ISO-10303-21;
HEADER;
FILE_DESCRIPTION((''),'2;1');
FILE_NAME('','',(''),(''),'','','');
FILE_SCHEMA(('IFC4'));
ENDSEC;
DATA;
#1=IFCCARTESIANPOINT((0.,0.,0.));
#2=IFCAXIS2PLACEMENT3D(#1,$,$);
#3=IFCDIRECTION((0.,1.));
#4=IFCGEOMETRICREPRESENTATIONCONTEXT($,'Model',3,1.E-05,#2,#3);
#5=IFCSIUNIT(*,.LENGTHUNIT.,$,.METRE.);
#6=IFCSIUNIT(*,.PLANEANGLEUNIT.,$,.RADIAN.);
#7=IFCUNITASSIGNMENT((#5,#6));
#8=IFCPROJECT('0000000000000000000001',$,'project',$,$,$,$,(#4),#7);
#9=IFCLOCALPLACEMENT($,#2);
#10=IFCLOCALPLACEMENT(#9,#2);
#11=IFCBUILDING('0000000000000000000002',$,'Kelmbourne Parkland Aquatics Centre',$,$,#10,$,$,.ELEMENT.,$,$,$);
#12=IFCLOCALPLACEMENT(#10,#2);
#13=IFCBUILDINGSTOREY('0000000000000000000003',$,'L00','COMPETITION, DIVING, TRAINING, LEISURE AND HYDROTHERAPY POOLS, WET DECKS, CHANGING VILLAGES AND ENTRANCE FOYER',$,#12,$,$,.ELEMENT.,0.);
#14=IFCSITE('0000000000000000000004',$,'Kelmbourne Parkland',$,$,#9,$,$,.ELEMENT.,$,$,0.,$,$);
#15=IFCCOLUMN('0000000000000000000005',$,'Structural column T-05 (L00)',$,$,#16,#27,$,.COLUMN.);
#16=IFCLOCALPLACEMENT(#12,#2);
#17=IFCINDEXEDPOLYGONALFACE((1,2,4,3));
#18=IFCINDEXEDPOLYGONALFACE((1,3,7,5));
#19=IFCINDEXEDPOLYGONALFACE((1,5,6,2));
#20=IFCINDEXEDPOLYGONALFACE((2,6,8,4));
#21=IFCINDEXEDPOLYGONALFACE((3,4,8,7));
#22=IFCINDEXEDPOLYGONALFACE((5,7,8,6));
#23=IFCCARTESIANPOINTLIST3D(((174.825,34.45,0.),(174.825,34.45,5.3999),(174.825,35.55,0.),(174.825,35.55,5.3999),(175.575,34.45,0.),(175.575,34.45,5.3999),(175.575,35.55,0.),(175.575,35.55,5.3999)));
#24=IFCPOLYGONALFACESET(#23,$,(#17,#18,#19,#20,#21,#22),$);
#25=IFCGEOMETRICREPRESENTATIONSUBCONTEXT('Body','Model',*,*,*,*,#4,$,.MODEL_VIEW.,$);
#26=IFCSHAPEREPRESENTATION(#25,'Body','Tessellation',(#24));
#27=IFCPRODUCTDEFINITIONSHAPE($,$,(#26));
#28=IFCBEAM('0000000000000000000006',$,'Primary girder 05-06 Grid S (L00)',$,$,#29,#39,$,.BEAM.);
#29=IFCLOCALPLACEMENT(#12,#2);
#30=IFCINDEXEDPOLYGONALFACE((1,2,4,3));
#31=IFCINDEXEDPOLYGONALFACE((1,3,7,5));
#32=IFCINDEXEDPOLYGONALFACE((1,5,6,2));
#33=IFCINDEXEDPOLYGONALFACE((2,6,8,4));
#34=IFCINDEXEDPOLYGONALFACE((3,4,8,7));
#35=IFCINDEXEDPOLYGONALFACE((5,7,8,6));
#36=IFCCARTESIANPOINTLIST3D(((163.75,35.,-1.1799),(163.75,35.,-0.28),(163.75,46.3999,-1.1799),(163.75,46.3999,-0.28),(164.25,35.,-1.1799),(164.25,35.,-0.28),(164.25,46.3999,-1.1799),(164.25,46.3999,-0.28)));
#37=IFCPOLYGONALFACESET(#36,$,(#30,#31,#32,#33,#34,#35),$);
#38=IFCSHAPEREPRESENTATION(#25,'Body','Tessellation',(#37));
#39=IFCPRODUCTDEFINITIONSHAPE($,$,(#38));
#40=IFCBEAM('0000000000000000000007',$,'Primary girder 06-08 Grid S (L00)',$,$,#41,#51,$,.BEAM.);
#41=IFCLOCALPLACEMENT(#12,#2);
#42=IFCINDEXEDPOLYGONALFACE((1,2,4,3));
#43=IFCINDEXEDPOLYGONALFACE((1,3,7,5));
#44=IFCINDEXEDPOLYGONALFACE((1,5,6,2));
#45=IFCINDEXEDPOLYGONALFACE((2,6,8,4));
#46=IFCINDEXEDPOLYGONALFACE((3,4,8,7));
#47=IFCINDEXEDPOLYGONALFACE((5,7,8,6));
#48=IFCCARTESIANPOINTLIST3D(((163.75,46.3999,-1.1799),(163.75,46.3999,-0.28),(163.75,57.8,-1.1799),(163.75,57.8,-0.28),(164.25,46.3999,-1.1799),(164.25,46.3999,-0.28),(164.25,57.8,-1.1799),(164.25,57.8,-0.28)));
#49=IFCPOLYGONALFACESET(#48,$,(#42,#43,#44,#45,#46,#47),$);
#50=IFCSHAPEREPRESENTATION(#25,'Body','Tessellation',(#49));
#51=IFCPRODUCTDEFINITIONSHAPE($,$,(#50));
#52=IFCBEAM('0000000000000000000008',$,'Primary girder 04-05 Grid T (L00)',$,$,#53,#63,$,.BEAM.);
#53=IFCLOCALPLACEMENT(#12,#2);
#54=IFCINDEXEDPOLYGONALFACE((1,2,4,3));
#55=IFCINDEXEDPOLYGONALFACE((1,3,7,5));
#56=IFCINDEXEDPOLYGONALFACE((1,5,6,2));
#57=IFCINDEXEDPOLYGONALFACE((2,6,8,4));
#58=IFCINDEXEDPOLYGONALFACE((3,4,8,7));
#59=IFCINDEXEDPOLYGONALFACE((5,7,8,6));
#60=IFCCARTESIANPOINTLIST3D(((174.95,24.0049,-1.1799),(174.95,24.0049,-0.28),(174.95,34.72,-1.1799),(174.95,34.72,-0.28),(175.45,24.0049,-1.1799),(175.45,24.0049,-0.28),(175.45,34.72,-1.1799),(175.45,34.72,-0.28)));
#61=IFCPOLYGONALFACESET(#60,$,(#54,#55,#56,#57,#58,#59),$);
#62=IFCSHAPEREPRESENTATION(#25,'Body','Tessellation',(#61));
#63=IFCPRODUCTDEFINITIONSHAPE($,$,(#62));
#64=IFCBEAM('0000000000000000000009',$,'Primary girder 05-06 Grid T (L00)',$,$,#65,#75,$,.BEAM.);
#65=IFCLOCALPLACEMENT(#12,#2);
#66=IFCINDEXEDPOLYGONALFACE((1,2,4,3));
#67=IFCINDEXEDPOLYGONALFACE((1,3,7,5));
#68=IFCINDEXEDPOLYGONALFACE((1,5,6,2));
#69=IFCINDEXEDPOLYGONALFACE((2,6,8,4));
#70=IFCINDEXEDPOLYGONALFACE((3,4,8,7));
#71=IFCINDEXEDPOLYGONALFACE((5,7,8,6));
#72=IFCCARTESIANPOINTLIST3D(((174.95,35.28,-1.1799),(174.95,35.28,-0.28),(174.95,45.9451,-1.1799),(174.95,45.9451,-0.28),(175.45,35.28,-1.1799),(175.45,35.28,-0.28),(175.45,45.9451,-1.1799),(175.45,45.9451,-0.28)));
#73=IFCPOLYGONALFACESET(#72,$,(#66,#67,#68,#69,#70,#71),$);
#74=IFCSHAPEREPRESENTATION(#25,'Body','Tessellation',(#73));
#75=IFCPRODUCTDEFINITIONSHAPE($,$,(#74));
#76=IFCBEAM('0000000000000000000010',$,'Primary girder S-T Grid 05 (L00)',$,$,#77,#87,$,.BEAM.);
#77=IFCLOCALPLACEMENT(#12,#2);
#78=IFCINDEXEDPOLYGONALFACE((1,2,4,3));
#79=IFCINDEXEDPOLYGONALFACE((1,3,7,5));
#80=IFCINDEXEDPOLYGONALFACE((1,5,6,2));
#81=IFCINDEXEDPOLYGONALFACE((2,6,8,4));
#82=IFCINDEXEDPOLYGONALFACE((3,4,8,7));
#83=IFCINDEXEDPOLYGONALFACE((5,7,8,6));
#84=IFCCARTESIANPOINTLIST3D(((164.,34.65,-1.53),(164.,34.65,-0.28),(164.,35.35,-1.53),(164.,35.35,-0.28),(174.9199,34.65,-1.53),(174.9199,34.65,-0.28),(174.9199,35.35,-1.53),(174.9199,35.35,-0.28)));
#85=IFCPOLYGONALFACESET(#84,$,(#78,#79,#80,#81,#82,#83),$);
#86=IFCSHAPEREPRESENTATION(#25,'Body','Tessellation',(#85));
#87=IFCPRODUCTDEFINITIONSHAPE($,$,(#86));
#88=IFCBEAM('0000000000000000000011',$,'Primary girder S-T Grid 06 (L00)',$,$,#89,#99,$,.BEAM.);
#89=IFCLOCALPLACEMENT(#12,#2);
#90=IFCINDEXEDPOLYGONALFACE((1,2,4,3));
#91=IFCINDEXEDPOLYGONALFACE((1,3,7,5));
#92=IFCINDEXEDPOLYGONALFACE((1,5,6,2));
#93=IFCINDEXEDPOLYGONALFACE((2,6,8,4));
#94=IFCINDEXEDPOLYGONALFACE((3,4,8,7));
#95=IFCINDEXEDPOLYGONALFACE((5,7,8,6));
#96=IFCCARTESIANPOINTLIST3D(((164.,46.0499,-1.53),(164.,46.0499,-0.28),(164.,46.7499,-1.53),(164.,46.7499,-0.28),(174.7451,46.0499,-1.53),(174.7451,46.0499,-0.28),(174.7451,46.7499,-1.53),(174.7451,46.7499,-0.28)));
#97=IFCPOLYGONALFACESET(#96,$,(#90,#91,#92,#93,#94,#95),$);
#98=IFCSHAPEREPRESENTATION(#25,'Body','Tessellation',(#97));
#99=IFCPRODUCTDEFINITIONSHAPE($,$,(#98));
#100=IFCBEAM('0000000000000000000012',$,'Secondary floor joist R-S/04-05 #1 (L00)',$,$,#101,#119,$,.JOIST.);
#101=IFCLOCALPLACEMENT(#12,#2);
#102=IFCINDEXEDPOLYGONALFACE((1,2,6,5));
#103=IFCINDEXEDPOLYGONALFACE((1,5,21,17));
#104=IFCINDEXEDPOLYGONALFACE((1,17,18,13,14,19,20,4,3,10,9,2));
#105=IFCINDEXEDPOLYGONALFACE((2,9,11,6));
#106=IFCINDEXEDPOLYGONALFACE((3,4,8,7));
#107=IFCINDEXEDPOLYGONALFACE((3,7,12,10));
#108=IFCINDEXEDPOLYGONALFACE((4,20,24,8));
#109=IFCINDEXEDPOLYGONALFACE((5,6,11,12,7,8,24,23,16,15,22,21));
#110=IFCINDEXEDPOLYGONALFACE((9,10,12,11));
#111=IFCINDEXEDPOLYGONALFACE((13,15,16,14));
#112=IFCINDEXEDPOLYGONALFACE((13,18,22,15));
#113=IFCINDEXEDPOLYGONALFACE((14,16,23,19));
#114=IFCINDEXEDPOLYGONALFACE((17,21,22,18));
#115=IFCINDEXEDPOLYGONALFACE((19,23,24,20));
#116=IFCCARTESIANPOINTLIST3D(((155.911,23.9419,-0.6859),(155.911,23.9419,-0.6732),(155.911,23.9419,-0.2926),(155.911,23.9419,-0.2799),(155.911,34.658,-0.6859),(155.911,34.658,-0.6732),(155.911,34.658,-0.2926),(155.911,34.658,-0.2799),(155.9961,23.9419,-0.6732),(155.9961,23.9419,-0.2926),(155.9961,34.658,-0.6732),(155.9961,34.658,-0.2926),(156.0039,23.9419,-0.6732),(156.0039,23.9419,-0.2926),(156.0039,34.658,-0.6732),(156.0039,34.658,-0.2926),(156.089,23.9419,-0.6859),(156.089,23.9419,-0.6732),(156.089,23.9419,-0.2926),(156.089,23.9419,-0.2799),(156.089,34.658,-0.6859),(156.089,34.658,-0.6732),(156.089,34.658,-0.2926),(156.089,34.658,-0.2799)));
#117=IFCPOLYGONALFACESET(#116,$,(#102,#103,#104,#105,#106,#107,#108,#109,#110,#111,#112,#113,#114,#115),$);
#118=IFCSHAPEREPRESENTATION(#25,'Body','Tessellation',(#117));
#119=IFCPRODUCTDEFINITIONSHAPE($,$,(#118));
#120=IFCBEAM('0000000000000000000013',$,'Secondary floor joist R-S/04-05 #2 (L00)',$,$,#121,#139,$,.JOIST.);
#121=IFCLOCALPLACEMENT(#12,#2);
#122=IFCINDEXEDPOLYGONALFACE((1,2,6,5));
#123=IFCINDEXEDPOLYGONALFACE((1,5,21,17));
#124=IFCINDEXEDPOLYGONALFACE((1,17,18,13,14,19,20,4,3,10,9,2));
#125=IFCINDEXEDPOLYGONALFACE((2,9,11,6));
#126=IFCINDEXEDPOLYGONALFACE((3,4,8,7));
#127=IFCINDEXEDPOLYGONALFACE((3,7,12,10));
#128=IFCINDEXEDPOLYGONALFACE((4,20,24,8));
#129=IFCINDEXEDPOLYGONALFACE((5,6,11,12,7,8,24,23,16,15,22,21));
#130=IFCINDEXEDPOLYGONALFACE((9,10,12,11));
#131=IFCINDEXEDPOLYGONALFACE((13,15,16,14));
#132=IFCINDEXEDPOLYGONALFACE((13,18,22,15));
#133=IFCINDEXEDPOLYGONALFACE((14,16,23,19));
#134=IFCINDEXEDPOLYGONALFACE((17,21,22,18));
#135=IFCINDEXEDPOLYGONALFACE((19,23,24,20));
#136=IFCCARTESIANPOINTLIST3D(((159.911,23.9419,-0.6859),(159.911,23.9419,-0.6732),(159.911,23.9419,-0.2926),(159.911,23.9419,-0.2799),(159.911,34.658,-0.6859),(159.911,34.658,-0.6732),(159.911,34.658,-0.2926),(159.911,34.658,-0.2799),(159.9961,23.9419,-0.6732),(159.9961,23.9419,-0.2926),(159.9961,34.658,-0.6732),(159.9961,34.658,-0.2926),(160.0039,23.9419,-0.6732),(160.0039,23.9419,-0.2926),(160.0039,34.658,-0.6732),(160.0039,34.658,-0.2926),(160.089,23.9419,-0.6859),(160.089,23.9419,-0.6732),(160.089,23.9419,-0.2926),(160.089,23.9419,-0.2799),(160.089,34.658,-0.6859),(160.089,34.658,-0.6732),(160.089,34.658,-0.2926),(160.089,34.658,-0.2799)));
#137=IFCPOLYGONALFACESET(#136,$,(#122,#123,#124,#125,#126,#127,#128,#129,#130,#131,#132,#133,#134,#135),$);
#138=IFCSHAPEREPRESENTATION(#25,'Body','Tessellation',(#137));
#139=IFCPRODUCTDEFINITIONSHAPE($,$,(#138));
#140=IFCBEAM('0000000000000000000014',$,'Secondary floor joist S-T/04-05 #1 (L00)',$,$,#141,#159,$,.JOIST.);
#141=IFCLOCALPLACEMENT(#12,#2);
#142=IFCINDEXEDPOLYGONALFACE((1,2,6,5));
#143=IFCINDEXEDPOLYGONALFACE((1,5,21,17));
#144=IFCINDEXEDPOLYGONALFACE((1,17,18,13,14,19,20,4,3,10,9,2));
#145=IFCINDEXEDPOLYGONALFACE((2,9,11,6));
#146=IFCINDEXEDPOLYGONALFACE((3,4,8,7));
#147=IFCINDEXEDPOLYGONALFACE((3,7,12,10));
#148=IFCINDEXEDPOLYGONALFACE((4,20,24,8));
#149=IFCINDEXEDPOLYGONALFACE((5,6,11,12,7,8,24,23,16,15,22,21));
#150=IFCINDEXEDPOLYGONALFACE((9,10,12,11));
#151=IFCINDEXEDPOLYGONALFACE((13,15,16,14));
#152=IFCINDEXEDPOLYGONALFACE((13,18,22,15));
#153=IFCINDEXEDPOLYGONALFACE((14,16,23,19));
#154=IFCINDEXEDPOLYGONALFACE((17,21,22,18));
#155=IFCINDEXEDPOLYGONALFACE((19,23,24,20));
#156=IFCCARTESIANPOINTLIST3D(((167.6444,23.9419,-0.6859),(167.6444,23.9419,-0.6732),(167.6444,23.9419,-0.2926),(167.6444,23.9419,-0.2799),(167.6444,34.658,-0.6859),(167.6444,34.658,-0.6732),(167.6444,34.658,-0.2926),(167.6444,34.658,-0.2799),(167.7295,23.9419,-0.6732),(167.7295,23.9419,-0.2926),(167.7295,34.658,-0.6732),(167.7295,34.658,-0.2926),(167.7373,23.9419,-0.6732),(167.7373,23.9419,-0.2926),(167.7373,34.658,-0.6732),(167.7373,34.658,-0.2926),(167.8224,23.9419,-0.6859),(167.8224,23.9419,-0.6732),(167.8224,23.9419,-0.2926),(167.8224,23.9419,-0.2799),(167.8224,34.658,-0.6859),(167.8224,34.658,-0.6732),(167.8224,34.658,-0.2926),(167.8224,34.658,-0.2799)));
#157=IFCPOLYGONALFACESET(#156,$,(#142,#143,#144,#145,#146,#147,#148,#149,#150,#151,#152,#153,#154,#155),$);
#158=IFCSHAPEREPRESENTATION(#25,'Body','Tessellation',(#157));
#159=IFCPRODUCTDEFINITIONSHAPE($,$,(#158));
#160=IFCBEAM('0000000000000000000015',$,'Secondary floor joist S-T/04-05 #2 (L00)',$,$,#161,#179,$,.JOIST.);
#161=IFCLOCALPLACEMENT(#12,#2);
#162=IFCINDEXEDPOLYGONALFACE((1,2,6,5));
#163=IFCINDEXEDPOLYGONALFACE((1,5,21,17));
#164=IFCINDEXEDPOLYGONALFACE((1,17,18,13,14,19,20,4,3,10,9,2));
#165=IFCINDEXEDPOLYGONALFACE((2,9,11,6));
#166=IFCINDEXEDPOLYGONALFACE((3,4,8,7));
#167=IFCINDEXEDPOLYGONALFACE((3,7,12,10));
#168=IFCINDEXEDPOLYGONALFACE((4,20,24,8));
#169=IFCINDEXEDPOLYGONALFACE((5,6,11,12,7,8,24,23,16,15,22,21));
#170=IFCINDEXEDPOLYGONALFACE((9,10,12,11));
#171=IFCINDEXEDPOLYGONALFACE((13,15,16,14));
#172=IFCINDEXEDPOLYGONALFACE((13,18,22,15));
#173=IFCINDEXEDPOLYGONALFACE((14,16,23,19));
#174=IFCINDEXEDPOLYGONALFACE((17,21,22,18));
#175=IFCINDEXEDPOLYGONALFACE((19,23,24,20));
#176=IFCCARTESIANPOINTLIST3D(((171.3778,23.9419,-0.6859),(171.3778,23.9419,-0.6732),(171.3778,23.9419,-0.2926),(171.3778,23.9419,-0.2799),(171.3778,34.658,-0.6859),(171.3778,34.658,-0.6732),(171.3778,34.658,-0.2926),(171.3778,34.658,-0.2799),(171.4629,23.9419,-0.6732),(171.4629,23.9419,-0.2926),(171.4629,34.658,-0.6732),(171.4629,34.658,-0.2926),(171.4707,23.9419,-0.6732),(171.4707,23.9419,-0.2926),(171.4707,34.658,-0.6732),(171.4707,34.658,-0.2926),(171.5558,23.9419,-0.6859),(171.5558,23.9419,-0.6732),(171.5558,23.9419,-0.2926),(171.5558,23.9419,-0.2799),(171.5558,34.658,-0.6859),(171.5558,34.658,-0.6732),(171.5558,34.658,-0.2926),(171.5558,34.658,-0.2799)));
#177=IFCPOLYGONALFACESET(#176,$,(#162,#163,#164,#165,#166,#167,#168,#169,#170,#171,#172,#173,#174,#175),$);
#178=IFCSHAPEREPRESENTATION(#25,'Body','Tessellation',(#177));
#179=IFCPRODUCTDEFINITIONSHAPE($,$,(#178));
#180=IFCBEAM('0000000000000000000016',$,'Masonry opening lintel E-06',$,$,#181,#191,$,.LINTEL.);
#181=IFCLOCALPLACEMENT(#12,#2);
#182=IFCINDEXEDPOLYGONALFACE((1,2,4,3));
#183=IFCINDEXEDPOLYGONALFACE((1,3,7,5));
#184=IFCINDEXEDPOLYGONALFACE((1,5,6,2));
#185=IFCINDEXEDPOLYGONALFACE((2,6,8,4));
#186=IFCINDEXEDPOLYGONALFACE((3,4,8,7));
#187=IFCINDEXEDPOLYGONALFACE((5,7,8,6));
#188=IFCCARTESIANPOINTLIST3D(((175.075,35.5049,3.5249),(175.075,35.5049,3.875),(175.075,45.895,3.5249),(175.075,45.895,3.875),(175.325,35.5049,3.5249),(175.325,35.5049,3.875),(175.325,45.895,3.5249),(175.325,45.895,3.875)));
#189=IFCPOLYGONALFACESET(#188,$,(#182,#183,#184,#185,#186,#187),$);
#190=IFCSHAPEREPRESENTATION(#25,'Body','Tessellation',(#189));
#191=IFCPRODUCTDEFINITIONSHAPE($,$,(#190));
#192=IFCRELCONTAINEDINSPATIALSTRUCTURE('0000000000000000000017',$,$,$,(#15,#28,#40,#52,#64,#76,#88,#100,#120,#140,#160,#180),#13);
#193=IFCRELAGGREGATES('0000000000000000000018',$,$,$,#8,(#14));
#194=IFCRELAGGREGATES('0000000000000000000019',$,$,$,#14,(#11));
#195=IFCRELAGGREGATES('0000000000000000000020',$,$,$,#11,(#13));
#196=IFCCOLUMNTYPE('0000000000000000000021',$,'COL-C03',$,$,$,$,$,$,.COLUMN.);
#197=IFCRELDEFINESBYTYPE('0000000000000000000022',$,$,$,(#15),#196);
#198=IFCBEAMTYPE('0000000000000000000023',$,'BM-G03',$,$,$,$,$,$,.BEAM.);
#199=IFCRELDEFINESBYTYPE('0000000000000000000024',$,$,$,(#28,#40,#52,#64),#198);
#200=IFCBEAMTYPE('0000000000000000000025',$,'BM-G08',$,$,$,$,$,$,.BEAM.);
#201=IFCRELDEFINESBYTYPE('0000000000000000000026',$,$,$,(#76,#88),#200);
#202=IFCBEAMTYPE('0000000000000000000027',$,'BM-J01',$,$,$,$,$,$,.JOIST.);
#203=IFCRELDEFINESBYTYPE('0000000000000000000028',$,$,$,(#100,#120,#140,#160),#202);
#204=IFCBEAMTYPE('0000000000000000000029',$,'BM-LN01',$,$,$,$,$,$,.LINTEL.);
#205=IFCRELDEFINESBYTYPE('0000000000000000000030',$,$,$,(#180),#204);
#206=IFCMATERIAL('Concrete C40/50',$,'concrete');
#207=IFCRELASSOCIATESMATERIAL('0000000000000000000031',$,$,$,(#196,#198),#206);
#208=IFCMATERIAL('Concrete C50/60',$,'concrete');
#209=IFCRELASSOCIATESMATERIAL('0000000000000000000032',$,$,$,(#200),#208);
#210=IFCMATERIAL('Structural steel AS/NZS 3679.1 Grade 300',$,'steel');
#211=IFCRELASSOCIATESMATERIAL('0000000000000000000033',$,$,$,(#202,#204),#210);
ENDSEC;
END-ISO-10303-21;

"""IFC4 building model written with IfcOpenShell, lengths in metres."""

from ifc_helpers import new_model, si_unit, direction, frame, origin, origin_2d, place, context, subcontext, project, spatial, rectangle, i_section, extrude, material, material_profile, profile_set, type_object, element, save


model = new_model("IFC4")

# Units and contexts
model_context = context("Model", 3, precision=1e-05, world=origin(), true_north=direction((0.0, 1.0)))
body_context = subcontext(model_context, "Body", "Model", "MODEL_VIEW")
ifc_project = project(units=[si_unit("LENGTHUNIT", "METRE"), si_unit("PLANEANGLEUNIT", "RADIAN")], contexts=[model_context])

# Site, building, storey
site_placement = place(None, origin())
site = spatial("IfcSite", under=ifc_project, at=site_placement, Name="Kelmbourne Parkland", CompositionType="ELEMENT", RefElevation=0.0)
building_placement = place(site_placement, origin())
building = spatial("IfcBuilding", under=site, at=building_placement, Name="Kelmbourne Parkland Aquatics Centre", CompositionType="ELEMENT")
storey_placement = place(building_placement, origin())
storey = spatial("IfcBuildingStorey", under=building, at=storey_placement, Name="L00", Description="COMPETITION, DIVING, TRAINING, LEISURE AND HYDROTHERAPY POOLS, WET DECKS, CHANGING VILLAGES AND ENTRANCE FOYER", CompositionType="ELEMENT", Elevation=0.0)

# Column
ifc_material_1 = material(Name="Concrete C40/50", Category="concrete")
ifc_material_profile_1 = material_profile(ifc_material_1, rectangle(XDim=0.75, YDim=1.1001, at=origin_2d()), Name="RC 750x1100")
ifc_profile_set_1 = profile_set([ifc_material_profile_1], Name="Concrete C40/50")
column_type = type_object("IfcColumnType", Name="COL-C03", PredefinedType="COLUMN", material=ifc_profile_set_1)
column_placement = place(storey_placement, frame((175.2, 35.0, 0.0), z_axis=(0.0, 0.0, 1.0), x_axis=(1.0, 0.0, 0.0)))
element("IfcColumn", 1, at=column_placement, inside=storey, type_object=column_type, Name="Structural column T-05 (L00)", PredefinedType="COLUMN", context=body_context, shape_type="SweptSolid", body=[
    extrude(rectangle(XDim=0.75, YDim=1.1001, at=origin_2d()), origin(), (0.0, 0.0, 1.0), 5.3999),
])

# Beams
ifc_material_profile_2 = material_profile(ifc_material_1, rectangle(XDim=0.5, YDim=0.8999, at=origin_2d()), Name="RC 500x900")
ifc_profile_set_2 = profile_set([ifc_material_profile_2], Name="Concrete C40/50")
beam_type_1 = type_object("IfcBeamType", Name="BM-G03", PredefinedType="BEAM", material=ifc_profile_set_2)
beam_1_placement = place(storey_placement, frame((164.0, 35.0, -0.73), z_axis=(0.0, 1.0, 0.0), x_axis=(-1.0, 0.0, 0.0)))
element("IfcBeam", 2, at=beam_1_placement, inside=storey, type_object=beam_type_1, Name="Primary girder 05-06 Grid S (L00)", PredefinedType="BEAM", context=body_context, shape_type="SweptSolid", body=[
    extrude(rectangle(XDim=0.5, YDim=0.8999, at=origin_2d()), origin(), (0.0, 0.0, 1.0), 11.3999),
])
beam_2_placement = place(storey_placement, frame((164.0, 46.3999, -0.73), z_axis=(0.0, 1.0, 0.0), x_axis=(-1.0, 0.0, 0.0)))
element("IfcBeam", 3, at=beam_2_placement, inside=storey, type_object=beam_type_1, Name="Primary girder 06-08 Grid S (L00)", PredefinedType="BEAM", context=body_context, shape_type="SweptSolid", body=[
    extrude(rectangle(XDim=0.5, YDim=0.8999, at=origin_2d()), origin(), (0.0, 0.0, 1.0), 11.4001),
])
beam_3_placement = place(storey_placement, frame((175.2, 24.0049, -0.73), z_axis=(0.0, 1.0, 0.0), x_axis=(-1.0, 0.0, 0.0)))
element("IfcBeam", 4, at=beam_3_placement, inside=storey, type_object=beam_type_1, Name="Primary girder 04-05 Grid T (L00)", PredefinedType="BEAM", context=body_context, shape_type="SweptSolid", body=[
    extrude(rectangle(XDim=0.5, YDim=0.8999, at=origin_2d()), origin(), (0.0, 0.0, 1.0), 10.7151),
])
beam_4_placement = place(storey_placement, frame((175.2, 35.28, -0.73), z_axis=(0.0, 1.0, 0.0), x_axis=(-1.0, 0.0, 0.0)))
element("IfcBeam", 5, at=beam_4_placement, inside=storey, type_object=beam_type_1, Name="Primary girder 05-06 Grid T (L00)", PredefinedType="BEAM", context=body_context, shape_type="SweptSolid", body=[
    extrude(rectangle(XDim=0.5, YDim=0.8999, at=origin_2d()), origin(), (0.0, 0.0, 1.0), 10.665),
])
ifc_material_2 = material(Name="Concrete C50/60", Category="concrete")
ifc_material_profile_3 = material_profile(ifc_material_2, rectangle(XDim=0.7, YDim=1.25, at=origin_2d()), Name="RC 700x1250")
ifc_profile_set_3 = profile_set([ifc_material_profile_3], Name="Concrete C50/60")
beam_type_2 = type_object("IfcBeamType", Name="BM-G08", PredefinedType="BEAM", material=ifc_profile_set_3)
beam_5_placement = place(storey_placement, frame((164.0, 35.0, -0.905), z_axis=(1.0, 0.0, 0.0), x_axis=(0.0, 1.0, 0.0)))
element("IfcBeam", 6, at=beam_5_placement, inside=storey, type_object=beam_type_2, Name="Primary girder S-T Grid 05 (L00)", PredefinedType="BEAM", context=body_context, shape_type="SweptSolid", body=[
    extrude(rectangle(XDim=0.7, YDim=1.25, at=origin_2d()), origin(), (0.0, 0.0, 1.0), 10.9199),
])
beam_6_placement = place(storey_placement, frame((164.0, 46.3999, -0.905), z_axis=(1.0, 0.0, 0.0), x_axis=(0.0, 1.0, 0.0)))
element("IfcBeam", 7, at=beam_6_placement, inside=storey, type_object=beam_type_2, Name="Primary girder S-T Grid 06 (L00)", PredefinedType="BEAM", context=body_context, shape_type="SweptSolid", body=[
    extrude(rectangle(XDim=0.7, YDim=1.25, at=origin_2d()), origin(), (0.0, 0.0, 1.0), 10.7451),
])
ifc_material_3 = material(Name="Structural steel AS/NZS 3679.1 Grade 300", Category="steel")
ifc_material_profile_4 = material_profile(ifc_material_3, i_section(OverallWidth=0.178, OverallDepth=0.406, WebThickness=0.0078, FlangeThickness=0.0127, at=origin_2d()), Name="410UB59.7")
ifc_profile_set_4 = profile_set([ifc_material_profile_4], Name="Structural steel AS/NZS 3679.1 Grade 300")
beam_type_3 = type_object("IfcBeamType", Name="BM-J01", PredefinedType="JOIST", material=ifc_profile_set_4)
for number, where, z_axis, x_axis, name in (
    (8, (156.0, 23.9419, -0.4829), (0.0, 1.0, 0.0), (-1.0, 0.0, 0.0), "Secondary floor joist R-S/04-05 #1 (L00)"),
    (9, (160.0, 23.9419, -0.4829), (0.0, 1.0, 0.0), (-1.0, 0.0, 0.0), "Secondary floor joist R-S/04-05 #2 (L00)"),
    (10, (167.7334, 23.9419, -0.4829), (0.0, 1.0, 0.0), (-1.0, 0.0, 0.0), "Secondary floor joist S-T/04-05 #1 (L00)"),
    (11, (171.4668, 23.9419, -0.4829), (0.0, 1.0, 0.0), (-1.0, 0.0, 0.0), "Secondary floor joist S-T/04-05 #2 (L00)"),
):
    element("IfcBeam", number, at=place(storey_placement, frame(where, z_axis=z_axis, x_axis=x_axis)), inside=storey, type_object=beam_type_3, Name=name, PredefinedType="JOIST", context=body_context, shape_type="SweptSolid", body=[
        extrude(i_section(OverallWidth=0.178, OverallDepth=0.406, WebThickness=0.0078, FlangeThickness=0.0127, at=origin_2d()), origin(), (0.0, 0.0, 1.0), 10.7161),
    ])
ifc_material_profile_5 = material_profile(ifc_material_3, rectangle(XDim=0.25, YDim=0.3501, at=origin_2d()), Name="LNT 250x350")
ifc_profile_set_5 = profile_set([ifc_material_profile_5], Name="Structural steel AS/NZS 3679.1 Grade 300")
beam_type_4 = type_object("IfcBeamType", Name="BM-LN01", PredefinedType="LINTEL", material=ifc_profile_set_5)
beam_7_placement = place(storey_placement, frame((175.2, 35.5049, 3.7), z_axis=(0.0, 1.0, 0.0), x_axis=(-1.0, 0.0, 0.0)))
element("IfcBeam", 12, at=beam_7_placement, inside=storey, type_object=beam_type_4, Name="Masonry opening lintel E-06", PredefinedType="LINTEL", context=body_context, shape_type="SweptSolid", body=[
    extrude(rectangle(XDim=0.25, YDim=0.3501, at=origin_2d()), origin(), (0.0, 0.0, 1.0), 10.3901),
])

save(model, "model.ifc")
